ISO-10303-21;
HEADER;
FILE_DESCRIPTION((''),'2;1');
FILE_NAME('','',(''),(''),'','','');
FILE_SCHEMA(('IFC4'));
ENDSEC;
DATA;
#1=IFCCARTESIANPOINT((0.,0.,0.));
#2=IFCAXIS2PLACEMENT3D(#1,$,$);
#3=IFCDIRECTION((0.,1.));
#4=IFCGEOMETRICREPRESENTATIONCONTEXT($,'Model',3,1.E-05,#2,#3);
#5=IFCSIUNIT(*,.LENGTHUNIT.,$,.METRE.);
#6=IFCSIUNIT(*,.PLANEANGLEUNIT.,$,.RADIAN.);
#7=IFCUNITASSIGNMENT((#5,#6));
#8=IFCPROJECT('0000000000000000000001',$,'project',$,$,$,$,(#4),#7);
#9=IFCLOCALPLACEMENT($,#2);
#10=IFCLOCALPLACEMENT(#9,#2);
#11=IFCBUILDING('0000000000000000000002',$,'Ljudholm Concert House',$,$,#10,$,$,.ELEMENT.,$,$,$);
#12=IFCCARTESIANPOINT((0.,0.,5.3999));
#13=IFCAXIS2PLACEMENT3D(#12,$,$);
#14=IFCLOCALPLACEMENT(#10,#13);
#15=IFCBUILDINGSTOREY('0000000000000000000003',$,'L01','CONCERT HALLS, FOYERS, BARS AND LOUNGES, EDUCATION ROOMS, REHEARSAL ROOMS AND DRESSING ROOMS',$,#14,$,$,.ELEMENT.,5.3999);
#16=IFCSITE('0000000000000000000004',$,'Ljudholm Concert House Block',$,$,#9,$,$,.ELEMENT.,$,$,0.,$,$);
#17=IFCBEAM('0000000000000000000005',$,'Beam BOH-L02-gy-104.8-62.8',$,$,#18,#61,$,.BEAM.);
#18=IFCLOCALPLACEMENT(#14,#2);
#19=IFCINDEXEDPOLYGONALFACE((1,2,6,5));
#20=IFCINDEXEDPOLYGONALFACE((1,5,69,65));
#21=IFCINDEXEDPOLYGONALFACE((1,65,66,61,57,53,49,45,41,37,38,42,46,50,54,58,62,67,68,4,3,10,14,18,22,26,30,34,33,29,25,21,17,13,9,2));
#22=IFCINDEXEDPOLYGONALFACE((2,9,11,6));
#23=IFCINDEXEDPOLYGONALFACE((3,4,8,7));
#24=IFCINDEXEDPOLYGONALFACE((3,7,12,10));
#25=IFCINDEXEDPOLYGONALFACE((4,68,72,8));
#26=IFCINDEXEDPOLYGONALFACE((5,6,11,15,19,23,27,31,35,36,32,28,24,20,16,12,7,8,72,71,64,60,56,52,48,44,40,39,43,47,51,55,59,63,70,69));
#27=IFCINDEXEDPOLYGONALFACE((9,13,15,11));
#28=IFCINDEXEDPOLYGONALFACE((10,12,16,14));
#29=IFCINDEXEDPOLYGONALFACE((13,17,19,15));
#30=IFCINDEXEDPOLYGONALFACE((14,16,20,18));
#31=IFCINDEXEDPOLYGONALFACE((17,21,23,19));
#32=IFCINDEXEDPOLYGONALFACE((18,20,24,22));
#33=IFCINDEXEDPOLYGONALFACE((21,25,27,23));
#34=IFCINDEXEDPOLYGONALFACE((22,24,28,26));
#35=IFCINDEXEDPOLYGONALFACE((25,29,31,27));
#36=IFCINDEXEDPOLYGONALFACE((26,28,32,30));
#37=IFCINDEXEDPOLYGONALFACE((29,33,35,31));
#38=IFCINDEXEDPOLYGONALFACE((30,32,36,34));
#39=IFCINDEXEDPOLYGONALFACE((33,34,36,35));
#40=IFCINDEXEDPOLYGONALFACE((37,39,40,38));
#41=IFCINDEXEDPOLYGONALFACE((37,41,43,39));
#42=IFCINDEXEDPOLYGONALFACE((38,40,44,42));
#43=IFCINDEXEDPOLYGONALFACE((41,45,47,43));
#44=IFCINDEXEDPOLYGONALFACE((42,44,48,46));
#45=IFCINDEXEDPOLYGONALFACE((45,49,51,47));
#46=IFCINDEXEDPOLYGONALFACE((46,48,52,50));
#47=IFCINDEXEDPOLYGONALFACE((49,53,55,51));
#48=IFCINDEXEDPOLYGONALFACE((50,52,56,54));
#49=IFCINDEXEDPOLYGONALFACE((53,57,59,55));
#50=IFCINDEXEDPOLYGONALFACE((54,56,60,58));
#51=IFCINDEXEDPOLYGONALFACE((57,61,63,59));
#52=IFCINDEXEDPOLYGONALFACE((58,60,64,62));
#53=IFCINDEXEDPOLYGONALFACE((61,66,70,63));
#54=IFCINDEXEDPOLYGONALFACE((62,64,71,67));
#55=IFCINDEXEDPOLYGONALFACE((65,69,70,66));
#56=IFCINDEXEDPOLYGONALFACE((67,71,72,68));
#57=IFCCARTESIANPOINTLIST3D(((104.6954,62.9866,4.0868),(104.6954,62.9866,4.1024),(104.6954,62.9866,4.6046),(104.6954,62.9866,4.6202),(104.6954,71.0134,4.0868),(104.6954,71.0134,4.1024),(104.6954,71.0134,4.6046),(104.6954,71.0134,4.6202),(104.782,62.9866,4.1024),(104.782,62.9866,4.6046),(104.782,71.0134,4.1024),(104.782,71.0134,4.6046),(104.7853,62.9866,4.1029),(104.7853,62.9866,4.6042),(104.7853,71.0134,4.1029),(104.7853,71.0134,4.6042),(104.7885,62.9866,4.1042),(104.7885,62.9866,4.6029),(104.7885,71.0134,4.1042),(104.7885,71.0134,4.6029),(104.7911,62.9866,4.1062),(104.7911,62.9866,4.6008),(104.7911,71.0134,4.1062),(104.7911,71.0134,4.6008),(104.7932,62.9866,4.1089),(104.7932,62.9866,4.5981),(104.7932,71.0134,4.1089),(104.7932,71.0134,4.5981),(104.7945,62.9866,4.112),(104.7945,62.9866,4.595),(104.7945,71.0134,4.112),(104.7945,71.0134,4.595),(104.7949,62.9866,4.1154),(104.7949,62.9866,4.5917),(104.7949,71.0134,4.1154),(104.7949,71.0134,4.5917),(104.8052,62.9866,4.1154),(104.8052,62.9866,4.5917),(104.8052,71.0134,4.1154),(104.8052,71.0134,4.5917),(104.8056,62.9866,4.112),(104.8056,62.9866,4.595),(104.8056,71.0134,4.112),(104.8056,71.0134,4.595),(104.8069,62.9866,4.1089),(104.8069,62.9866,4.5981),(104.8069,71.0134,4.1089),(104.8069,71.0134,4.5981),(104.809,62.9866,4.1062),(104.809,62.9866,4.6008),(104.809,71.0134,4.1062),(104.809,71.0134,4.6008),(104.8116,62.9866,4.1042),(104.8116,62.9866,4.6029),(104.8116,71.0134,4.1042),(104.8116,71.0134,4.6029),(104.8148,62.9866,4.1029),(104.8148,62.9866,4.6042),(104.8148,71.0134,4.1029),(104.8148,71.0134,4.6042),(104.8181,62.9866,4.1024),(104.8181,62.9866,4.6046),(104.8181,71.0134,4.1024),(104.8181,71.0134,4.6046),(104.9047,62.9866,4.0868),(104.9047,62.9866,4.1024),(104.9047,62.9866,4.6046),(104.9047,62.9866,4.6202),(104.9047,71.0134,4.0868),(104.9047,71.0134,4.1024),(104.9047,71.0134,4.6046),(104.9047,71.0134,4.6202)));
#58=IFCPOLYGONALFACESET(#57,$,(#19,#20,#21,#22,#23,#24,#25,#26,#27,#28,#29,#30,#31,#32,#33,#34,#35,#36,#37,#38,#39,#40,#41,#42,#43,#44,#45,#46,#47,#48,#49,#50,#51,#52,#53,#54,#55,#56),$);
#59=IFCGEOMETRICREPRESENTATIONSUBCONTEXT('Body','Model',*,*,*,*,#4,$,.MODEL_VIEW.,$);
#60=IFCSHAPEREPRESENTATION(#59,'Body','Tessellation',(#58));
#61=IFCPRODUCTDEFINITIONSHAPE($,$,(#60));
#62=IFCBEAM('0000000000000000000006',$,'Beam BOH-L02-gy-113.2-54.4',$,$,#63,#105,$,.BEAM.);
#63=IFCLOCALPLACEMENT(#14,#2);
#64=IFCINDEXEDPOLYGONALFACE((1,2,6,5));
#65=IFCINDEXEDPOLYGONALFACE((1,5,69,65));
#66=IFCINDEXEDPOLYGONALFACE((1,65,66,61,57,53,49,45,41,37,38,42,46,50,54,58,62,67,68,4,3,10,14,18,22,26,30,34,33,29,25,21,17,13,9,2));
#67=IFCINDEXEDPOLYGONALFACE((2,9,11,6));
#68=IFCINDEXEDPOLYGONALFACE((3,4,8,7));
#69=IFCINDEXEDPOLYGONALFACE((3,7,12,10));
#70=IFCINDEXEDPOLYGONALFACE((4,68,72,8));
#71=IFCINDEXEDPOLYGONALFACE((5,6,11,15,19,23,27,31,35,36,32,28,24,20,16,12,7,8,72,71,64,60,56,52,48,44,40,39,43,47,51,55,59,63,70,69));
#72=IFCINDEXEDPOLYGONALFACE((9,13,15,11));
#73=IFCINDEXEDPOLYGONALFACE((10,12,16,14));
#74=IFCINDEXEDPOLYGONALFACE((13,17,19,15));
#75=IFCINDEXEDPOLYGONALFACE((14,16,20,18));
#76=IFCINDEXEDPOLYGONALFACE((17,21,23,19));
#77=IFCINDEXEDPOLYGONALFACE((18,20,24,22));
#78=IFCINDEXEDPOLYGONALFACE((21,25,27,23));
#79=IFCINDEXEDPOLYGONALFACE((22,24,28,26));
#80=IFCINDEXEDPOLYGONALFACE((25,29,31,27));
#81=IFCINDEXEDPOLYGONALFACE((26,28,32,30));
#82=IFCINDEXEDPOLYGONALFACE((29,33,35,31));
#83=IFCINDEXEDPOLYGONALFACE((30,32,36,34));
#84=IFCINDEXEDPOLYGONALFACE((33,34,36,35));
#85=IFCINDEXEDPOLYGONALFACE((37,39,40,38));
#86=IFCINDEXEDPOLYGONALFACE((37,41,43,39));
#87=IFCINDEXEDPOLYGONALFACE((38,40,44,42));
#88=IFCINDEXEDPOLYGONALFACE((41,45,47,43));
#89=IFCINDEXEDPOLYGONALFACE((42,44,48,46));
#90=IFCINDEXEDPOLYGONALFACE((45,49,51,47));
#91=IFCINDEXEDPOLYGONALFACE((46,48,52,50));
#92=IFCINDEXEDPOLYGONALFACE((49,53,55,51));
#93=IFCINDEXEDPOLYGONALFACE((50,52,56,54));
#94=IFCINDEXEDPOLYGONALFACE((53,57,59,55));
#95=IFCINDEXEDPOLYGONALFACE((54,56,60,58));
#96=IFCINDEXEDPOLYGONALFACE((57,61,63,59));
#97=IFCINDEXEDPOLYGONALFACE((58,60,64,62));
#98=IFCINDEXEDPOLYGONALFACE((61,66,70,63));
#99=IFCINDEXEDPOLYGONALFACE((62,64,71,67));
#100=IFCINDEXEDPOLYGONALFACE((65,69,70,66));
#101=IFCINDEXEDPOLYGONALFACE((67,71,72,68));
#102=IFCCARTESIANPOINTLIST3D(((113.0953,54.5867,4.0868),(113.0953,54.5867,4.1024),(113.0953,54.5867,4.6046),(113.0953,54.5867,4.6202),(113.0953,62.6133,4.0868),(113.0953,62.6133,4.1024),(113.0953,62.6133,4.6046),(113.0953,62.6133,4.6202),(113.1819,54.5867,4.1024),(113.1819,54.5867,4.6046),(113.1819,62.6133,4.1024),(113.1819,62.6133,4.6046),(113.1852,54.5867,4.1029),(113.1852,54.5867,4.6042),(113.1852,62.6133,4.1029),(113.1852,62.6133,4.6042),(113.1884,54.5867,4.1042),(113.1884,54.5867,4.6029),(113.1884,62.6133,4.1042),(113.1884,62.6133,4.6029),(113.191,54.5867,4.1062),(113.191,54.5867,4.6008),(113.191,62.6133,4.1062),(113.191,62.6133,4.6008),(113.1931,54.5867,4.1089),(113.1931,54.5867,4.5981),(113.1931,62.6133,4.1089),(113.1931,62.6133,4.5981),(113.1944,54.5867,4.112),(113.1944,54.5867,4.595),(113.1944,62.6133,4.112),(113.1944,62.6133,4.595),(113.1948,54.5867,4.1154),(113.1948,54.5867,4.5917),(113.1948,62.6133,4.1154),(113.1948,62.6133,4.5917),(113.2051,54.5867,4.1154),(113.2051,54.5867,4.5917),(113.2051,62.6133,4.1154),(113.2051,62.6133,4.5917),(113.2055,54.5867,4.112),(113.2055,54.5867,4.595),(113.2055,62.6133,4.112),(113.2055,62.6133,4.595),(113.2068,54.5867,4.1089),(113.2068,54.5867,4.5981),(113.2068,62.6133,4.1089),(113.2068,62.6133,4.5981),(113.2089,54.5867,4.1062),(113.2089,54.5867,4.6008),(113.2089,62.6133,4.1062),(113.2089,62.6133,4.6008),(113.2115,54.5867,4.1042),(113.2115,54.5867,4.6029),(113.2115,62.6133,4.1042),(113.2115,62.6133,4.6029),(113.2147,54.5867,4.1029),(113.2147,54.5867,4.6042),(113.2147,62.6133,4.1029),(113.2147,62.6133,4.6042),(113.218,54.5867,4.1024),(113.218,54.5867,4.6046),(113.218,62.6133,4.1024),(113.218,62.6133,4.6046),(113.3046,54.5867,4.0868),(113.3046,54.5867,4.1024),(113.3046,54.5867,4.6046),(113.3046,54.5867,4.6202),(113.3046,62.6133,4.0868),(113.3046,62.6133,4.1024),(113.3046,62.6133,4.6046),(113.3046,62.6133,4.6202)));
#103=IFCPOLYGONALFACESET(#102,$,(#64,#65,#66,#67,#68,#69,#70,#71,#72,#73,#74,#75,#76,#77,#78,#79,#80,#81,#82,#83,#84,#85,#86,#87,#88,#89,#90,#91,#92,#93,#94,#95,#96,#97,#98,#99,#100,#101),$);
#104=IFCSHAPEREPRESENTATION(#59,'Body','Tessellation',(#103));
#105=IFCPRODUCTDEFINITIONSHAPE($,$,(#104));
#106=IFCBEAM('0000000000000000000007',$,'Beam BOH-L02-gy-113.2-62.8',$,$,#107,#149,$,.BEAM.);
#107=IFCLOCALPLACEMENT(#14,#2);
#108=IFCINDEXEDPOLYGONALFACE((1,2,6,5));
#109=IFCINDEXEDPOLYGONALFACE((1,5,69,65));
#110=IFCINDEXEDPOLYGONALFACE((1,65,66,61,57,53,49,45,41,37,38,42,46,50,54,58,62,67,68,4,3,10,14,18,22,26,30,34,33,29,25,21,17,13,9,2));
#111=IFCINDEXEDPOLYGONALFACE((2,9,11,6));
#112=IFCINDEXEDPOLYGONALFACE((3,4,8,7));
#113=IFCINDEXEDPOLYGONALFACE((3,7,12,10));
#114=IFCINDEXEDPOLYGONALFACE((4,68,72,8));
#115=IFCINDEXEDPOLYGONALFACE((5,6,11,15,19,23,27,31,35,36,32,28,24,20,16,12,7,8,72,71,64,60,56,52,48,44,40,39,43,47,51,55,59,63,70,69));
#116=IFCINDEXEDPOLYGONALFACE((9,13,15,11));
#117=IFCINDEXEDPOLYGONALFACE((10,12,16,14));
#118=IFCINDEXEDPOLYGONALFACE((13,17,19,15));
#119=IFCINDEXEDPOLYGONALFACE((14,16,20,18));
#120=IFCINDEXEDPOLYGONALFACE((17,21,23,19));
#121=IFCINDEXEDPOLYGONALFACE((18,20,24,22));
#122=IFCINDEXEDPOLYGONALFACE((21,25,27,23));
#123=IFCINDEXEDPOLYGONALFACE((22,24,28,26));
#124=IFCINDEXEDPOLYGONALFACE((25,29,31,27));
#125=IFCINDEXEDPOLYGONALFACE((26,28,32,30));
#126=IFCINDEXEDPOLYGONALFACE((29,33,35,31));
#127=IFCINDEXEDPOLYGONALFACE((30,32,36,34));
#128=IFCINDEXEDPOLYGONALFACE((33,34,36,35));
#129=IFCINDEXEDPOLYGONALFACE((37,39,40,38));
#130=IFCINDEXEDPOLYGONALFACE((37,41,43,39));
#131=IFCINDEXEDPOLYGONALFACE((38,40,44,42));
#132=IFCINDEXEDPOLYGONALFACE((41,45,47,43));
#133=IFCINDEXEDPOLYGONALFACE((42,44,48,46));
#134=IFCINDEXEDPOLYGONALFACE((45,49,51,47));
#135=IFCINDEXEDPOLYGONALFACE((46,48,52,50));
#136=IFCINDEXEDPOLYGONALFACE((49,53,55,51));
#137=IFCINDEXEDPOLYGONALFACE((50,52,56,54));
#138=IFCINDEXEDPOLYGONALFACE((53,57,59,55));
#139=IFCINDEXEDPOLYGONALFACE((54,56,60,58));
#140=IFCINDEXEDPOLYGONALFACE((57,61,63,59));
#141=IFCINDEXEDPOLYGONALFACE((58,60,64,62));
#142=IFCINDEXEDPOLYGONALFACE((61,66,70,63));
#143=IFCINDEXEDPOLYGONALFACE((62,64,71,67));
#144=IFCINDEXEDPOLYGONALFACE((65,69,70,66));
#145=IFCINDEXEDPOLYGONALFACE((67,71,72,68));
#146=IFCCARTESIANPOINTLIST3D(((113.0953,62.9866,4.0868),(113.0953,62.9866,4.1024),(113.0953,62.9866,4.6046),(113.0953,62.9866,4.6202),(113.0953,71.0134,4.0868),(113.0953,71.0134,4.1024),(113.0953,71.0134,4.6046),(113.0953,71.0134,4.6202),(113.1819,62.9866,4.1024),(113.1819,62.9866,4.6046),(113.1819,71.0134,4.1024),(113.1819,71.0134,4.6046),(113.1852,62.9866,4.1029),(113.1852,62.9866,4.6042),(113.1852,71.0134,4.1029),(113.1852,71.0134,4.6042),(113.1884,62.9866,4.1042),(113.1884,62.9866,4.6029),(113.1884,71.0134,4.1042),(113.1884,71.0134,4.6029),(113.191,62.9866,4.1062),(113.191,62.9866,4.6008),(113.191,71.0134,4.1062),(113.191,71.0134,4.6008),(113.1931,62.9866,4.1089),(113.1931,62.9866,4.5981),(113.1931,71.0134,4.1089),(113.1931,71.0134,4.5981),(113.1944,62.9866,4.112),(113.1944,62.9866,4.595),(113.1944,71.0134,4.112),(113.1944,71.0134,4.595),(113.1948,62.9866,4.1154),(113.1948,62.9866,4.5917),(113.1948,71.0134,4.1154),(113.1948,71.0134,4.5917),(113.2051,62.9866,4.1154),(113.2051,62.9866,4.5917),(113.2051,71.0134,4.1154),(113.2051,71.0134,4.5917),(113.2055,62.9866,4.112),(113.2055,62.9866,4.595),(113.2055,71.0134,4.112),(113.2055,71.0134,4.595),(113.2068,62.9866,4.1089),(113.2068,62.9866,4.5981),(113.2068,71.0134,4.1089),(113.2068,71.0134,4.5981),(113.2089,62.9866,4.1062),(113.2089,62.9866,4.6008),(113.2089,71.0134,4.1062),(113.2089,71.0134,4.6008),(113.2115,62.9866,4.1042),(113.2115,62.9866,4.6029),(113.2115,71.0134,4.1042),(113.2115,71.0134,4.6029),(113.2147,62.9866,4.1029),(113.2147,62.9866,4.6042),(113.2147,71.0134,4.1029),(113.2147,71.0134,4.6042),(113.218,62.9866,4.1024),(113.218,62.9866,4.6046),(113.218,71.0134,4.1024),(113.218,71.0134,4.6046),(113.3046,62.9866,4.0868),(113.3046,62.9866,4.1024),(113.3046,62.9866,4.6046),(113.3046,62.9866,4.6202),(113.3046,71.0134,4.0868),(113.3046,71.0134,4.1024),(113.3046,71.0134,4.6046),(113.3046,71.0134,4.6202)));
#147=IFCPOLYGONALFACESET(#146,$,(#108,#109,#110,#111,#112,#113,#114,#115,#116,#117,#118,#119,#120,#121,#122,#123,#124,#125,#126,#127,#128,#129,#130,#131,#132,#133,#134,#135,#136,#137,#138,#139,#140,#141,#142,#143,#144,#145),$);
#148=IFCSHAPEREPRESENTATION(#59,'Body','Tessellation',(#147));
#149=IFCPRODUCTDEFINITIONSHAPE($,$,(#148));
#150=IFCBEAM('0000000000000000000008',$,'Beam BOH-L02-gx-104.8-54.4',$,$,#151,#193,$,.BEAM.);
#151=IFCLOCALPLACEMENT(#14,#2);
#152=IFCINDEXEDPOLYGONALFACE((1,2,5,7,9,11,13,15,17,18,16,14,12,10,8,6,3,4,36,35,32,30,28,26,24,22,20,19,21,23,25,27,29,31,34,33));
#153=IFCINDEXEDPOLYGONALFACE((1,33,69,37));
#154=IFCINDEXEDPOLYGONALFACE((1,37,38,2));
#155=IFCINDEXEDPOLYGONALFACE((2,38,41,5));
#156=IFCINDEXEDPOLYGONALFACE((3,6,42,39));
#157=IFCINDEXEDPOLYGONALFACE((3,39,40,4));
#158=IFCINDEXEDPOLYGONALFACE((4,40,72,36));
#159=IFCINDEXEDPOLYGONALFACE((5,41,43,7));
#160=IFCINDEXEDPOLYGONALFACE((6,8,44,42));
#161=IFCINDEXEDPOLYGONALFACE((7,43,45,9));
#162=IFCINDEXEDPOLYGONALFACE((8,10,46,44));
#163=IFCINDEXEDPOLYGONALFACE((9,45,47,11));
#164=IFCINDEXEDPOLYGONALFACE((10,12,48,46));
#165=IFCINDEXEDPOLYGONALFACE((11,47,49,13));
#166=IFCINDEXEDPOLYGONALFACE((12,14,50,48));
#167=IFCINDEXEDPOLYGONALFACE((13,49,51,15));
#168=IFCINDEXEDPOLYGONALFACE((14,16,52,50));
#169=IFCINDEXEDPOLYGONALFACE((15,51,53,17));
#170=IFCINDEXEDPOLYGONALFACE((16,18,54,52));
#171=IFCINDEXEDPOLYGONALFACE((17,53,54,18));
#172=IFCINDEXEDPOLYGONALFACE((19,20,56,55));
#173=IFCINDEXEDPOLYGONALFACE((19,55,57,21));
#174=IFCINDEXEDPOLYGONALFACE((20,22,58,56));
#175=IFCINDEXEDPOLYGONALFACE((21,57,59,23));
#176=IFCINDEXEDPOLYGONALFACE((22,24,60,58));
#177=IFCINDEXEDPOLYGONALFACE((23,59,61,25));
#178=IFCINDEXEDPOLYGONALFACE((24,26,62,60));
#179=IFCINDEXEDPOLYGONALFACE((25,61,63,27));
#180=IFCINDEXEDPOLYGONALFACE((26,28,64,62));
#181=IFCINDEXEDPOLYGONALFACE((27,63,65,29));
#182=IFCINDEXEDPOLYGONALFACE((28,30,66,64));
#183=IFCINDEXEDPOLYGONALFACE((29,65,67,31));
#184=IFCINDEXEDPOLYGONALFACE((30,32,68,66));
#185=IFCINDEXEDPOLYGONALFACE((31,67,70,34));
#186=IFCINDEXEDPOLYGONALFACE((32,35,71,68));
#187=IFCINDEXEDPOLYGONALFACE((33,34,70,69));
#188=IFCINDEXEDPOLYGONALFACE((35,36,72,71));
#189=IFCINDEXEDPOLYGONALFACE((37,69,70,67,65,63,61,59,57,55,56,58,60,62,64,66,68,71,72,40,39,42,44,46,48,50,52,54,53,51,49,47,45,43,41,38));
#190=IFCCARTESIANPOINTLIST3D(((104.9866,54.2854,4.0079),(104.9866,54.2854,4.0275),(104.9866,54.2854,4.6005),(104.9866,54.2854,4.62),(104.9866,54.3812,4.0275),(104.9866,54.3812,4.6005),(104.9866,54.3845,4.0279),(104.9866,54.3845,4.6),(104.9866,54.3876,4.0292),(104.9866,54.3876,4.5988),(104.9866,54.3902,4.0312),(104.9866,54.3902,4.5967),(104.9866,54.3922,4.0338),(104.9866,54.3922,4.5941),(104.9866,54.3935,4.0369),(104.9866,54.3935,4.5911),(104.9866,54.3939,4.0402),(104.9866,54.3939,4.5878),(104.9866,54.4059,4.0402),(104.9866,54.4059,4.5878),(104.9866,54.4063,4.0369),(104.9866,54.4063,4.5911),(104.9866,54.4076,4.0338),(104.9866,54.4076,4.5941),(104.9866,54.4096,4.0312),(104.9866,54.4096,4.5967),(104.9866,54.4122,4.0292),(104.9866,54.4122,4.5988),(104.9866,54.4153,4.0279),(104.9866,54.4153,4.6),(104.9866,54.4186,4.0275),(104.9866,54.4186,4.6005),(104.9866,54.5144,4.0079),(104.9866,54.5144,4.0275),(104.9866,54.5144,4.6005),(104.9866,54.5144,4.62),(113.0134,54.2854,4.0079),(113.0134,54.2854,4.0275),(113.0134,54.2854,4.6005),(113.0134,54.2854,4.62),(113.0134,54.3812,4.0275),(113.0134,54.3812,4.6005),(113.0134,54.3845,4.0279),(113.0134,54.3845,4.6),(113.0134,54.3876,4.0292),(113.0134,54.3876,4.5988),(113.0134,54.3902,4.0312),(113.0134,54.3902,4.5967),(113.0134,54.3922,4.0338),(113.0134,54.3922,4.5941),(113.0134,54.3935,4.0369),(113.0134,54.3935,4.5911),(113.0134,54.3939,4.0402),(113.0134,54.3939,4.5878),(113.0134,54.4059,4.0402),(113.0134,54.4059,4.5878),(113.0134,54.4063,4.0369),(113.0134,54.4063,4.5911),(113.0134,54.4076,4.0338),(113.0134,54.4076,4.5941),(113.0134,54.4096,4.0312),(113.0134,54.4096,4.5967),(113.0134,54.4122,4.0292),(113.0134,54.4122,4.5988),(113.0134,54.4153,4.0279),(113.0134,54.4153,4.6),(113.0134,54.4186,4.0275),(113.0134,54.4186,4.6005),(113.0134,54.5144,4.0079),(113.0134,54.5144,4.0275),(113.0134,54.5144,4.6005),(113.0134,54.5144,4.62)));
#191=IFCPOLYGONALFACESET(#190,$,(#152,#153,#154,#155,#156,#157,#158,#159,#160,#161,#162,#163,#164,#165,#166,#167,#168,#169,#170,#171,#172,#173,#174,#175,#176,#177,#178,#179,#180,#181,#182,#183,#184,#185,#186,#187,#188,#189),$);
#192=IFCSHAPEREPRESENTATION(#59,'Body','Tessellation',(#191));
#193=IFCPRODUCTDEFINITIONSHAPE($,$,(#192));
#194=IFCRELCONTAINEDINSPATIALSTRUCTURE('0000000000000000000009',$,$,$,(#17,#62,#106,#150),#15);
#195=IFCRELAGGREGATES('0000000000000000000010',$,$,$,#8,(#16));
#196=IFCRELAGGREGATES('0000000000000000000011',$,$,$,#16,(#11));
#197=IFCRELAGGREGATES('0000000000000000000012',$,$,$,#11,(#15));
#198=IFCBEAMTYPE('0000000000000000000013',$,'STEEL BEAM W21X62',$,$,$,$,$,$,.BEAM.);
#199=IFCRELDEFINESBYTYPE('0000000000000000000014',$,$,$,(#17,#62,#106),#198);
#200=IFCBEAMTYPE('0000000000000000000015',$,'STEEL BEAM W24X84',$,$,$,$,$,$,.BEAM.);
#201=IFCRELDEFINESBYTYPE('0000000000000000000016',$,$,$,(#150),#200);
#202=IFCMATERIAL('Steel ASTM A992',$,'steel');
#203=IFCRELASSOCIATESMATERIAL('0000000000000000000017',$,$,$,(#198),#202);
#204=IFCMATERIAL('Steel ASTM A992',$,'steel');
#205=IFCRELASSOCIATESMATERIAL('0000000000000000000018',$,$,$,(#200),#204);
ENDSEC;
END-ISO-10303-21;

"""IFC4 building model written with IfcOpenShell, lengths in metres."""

from ifc_helpers import new_model, si_unit, direction, frame, origin, origin_2d, place, context, subcontext, project, spatial, i_section, extrude, material, material_profile, profile_set, type_object, element, save


model = new_model("IFC4")

# Units and contexts
model_context = context("Model", 3, precision=1e-05, world=origin(), true_north=direction((0.0, 1.0)))
body_context = subcontext(model_context, "Body", "Model", "MODEL_VIEW")
ifc_project = project(units=[si_unit("LENGTHUNIT", "METRE"), si_unit("PLANEANGLEUNIT", "RADIAN")], contexts=[model_context])

# Site, building, storey
site_placement = place(None, origin())
site = spatial("IfcSite", under=ifc_project, at=site_placement, Name="Ljudholm Concert House Block", CompositionType="ELEMENT", RefElevation=0.0)
building_placement = place(site_placement, origin())
building = spatial("IfcBuilding", under=site, at=building_placement, Name="Ljudholm Concert House", CompositionType="ELEMENT")
storey_placement = place(building_placement, frame((0.0, 0.0, 5.3999)))
storey = spatial("IfcBuildingStorey", under=building, at=storey_placement, Name="L01", Description="CONCERT HALLS, FOYERS, BARS AND LOUNGES, EDUCATION ROOMS, REHEARSAL ROOMS AND DRESSING ROOMS", CompositionType="ELEMENT", Elevation=5.3999)

# Beams
ifc_material_1 = material(Name="Steel ASTM A992", Category="steel")
ifc_material_profile_1 = material_profile(ifc_material_1, i_section(OverallWidth=0.2092, OverallDepth=0.5334, WebThickness=0.0103, FlangeThickness=0.0156, FilletRadius=0.0129, at=origin_2d()), Name="W21X62")
ifc_profile_set_1 = profile_set([ifc_material_profile_1], Name="Steel ASTM A992")
beam_type_1 = type_object("IfcBeamType", Name="STEEL BEAM W21X62", PredefinedType="BEAM", material=ifc_profile_set_1)
beam_1_placement = place(storey_placement, frame((104.8, 62.9866, 4.3535), z_axis=(0.0, 1.0, 0.0), x_axis=(-1.0, 0.0, 0.0)))
element("IfcBeam", 1, at=beam_1_placement, inside=storey, type_object=beam_type_1, Name="Beam BOH-L02-gy-104.8-62.8", PredefinedType="BEAM", context=body_context, shape_type="SweptSolid", body=[
    extrude(i_section(OverallWidth=0.2092, OverallDepth=0.5334, WebThickness=0.0103, FlangeThickness=0.0156, FilletRadius=0.0129, at=origin_2d()), origin(), (0.0, 0.0, 1.0), 8.0269),
])
beam_2_placement = place(storey_placement, frame((113.2, 54.5867, 4.3535), z_axis=(0.0, 1.0, 0.0), x_axis=(-1.0, 0.0, 0.0)))
element("IfcBeam", 2, at=beam_2_placement, inside=storey, type_object=beam_type_1, Name="Beam BOH-L02-gy-113.2-54.4", PredefinedType="BEAM", context=body_context, shape_type="SweptSolid", body=[
    extrude(i_section(OverallWidth=0.2092, OverallDepth=0.5334, WebThickness=0.0103, FlangeThickness=0.0156, FilletRadius=0.0129, at=origin_2d()), origin(), (0.0, 0.0, 1.0), 8.0266),
])
beam_3_placement = place(storey_placement, frame((113.2, 62.9866, 4.3535), z_axis=(0.0, 1.0, 0.0), x_axis=(-1.0, 0.0, 0.0)))
element("IfcBeam", 3, at=beam_3_placement, inside=storey, type_object=beam_type_1, Name="Beam BOH-L02-gy-113.2-62.8", PredefinedType="BEAM", context=body_context, shape_type="SweptSolid", body=[
    extrude(i_section(OverallWidth=0.2092, OverallDepth=0.5334, WebThickness=0.0103, FlangeThickness=0.0156, FilletRadius=0.0129, at=origin_2d()), origin(), (0.0, 0.0, 1.0), 8.0269),
])
ifc_material_2 = material(Name="Steel ASTM A992", Category="steel")
ifc_material_profile_2 = material_profile(ifc_material_2, i_section(OverallWidth=0.229, OverallDepth=0.6121, WebThickness=0.012, FlangeThickness=0.0195, FilletRadius=0.0127, at=origin_2d()), Name="W24X84")
ifc_profile_set_2 = profile_set([ifc_material_profile_2], Name="Steel ASTM A992")
beam_type_2 = type_object("IfcBeamType", Name="STEEL BEAM W24X84", PredefinedType="BEAM", material=ifc_profile_set_2)
beam_4_placement = place(storey_placement, frame((104.9866, 54.3999, 4.314), z_axis=(1.0, 0.0, 0.0), x_axis=(0.0, 1.0, 0.0)))
element("IfcBeam", 4, at=beam_4_placement, inside=storey, type_object=beam_type_2, Name="Beam BOH-L02-gx-104.8-54.4", PredefinedType="BEAM", context=body_context, shape_type="SweptSolid", body=[
    extrude(i_section(OverallWidth=0.229, OverallDepth=0.6121, WebThickness=0.012, FlangeThickness=0.0195, FilletRadius=0.0127, at=origin_2d()), origin(), (0.0, 0.0, 1.0), 8.0269),
])

save(model, "model.ifc")
